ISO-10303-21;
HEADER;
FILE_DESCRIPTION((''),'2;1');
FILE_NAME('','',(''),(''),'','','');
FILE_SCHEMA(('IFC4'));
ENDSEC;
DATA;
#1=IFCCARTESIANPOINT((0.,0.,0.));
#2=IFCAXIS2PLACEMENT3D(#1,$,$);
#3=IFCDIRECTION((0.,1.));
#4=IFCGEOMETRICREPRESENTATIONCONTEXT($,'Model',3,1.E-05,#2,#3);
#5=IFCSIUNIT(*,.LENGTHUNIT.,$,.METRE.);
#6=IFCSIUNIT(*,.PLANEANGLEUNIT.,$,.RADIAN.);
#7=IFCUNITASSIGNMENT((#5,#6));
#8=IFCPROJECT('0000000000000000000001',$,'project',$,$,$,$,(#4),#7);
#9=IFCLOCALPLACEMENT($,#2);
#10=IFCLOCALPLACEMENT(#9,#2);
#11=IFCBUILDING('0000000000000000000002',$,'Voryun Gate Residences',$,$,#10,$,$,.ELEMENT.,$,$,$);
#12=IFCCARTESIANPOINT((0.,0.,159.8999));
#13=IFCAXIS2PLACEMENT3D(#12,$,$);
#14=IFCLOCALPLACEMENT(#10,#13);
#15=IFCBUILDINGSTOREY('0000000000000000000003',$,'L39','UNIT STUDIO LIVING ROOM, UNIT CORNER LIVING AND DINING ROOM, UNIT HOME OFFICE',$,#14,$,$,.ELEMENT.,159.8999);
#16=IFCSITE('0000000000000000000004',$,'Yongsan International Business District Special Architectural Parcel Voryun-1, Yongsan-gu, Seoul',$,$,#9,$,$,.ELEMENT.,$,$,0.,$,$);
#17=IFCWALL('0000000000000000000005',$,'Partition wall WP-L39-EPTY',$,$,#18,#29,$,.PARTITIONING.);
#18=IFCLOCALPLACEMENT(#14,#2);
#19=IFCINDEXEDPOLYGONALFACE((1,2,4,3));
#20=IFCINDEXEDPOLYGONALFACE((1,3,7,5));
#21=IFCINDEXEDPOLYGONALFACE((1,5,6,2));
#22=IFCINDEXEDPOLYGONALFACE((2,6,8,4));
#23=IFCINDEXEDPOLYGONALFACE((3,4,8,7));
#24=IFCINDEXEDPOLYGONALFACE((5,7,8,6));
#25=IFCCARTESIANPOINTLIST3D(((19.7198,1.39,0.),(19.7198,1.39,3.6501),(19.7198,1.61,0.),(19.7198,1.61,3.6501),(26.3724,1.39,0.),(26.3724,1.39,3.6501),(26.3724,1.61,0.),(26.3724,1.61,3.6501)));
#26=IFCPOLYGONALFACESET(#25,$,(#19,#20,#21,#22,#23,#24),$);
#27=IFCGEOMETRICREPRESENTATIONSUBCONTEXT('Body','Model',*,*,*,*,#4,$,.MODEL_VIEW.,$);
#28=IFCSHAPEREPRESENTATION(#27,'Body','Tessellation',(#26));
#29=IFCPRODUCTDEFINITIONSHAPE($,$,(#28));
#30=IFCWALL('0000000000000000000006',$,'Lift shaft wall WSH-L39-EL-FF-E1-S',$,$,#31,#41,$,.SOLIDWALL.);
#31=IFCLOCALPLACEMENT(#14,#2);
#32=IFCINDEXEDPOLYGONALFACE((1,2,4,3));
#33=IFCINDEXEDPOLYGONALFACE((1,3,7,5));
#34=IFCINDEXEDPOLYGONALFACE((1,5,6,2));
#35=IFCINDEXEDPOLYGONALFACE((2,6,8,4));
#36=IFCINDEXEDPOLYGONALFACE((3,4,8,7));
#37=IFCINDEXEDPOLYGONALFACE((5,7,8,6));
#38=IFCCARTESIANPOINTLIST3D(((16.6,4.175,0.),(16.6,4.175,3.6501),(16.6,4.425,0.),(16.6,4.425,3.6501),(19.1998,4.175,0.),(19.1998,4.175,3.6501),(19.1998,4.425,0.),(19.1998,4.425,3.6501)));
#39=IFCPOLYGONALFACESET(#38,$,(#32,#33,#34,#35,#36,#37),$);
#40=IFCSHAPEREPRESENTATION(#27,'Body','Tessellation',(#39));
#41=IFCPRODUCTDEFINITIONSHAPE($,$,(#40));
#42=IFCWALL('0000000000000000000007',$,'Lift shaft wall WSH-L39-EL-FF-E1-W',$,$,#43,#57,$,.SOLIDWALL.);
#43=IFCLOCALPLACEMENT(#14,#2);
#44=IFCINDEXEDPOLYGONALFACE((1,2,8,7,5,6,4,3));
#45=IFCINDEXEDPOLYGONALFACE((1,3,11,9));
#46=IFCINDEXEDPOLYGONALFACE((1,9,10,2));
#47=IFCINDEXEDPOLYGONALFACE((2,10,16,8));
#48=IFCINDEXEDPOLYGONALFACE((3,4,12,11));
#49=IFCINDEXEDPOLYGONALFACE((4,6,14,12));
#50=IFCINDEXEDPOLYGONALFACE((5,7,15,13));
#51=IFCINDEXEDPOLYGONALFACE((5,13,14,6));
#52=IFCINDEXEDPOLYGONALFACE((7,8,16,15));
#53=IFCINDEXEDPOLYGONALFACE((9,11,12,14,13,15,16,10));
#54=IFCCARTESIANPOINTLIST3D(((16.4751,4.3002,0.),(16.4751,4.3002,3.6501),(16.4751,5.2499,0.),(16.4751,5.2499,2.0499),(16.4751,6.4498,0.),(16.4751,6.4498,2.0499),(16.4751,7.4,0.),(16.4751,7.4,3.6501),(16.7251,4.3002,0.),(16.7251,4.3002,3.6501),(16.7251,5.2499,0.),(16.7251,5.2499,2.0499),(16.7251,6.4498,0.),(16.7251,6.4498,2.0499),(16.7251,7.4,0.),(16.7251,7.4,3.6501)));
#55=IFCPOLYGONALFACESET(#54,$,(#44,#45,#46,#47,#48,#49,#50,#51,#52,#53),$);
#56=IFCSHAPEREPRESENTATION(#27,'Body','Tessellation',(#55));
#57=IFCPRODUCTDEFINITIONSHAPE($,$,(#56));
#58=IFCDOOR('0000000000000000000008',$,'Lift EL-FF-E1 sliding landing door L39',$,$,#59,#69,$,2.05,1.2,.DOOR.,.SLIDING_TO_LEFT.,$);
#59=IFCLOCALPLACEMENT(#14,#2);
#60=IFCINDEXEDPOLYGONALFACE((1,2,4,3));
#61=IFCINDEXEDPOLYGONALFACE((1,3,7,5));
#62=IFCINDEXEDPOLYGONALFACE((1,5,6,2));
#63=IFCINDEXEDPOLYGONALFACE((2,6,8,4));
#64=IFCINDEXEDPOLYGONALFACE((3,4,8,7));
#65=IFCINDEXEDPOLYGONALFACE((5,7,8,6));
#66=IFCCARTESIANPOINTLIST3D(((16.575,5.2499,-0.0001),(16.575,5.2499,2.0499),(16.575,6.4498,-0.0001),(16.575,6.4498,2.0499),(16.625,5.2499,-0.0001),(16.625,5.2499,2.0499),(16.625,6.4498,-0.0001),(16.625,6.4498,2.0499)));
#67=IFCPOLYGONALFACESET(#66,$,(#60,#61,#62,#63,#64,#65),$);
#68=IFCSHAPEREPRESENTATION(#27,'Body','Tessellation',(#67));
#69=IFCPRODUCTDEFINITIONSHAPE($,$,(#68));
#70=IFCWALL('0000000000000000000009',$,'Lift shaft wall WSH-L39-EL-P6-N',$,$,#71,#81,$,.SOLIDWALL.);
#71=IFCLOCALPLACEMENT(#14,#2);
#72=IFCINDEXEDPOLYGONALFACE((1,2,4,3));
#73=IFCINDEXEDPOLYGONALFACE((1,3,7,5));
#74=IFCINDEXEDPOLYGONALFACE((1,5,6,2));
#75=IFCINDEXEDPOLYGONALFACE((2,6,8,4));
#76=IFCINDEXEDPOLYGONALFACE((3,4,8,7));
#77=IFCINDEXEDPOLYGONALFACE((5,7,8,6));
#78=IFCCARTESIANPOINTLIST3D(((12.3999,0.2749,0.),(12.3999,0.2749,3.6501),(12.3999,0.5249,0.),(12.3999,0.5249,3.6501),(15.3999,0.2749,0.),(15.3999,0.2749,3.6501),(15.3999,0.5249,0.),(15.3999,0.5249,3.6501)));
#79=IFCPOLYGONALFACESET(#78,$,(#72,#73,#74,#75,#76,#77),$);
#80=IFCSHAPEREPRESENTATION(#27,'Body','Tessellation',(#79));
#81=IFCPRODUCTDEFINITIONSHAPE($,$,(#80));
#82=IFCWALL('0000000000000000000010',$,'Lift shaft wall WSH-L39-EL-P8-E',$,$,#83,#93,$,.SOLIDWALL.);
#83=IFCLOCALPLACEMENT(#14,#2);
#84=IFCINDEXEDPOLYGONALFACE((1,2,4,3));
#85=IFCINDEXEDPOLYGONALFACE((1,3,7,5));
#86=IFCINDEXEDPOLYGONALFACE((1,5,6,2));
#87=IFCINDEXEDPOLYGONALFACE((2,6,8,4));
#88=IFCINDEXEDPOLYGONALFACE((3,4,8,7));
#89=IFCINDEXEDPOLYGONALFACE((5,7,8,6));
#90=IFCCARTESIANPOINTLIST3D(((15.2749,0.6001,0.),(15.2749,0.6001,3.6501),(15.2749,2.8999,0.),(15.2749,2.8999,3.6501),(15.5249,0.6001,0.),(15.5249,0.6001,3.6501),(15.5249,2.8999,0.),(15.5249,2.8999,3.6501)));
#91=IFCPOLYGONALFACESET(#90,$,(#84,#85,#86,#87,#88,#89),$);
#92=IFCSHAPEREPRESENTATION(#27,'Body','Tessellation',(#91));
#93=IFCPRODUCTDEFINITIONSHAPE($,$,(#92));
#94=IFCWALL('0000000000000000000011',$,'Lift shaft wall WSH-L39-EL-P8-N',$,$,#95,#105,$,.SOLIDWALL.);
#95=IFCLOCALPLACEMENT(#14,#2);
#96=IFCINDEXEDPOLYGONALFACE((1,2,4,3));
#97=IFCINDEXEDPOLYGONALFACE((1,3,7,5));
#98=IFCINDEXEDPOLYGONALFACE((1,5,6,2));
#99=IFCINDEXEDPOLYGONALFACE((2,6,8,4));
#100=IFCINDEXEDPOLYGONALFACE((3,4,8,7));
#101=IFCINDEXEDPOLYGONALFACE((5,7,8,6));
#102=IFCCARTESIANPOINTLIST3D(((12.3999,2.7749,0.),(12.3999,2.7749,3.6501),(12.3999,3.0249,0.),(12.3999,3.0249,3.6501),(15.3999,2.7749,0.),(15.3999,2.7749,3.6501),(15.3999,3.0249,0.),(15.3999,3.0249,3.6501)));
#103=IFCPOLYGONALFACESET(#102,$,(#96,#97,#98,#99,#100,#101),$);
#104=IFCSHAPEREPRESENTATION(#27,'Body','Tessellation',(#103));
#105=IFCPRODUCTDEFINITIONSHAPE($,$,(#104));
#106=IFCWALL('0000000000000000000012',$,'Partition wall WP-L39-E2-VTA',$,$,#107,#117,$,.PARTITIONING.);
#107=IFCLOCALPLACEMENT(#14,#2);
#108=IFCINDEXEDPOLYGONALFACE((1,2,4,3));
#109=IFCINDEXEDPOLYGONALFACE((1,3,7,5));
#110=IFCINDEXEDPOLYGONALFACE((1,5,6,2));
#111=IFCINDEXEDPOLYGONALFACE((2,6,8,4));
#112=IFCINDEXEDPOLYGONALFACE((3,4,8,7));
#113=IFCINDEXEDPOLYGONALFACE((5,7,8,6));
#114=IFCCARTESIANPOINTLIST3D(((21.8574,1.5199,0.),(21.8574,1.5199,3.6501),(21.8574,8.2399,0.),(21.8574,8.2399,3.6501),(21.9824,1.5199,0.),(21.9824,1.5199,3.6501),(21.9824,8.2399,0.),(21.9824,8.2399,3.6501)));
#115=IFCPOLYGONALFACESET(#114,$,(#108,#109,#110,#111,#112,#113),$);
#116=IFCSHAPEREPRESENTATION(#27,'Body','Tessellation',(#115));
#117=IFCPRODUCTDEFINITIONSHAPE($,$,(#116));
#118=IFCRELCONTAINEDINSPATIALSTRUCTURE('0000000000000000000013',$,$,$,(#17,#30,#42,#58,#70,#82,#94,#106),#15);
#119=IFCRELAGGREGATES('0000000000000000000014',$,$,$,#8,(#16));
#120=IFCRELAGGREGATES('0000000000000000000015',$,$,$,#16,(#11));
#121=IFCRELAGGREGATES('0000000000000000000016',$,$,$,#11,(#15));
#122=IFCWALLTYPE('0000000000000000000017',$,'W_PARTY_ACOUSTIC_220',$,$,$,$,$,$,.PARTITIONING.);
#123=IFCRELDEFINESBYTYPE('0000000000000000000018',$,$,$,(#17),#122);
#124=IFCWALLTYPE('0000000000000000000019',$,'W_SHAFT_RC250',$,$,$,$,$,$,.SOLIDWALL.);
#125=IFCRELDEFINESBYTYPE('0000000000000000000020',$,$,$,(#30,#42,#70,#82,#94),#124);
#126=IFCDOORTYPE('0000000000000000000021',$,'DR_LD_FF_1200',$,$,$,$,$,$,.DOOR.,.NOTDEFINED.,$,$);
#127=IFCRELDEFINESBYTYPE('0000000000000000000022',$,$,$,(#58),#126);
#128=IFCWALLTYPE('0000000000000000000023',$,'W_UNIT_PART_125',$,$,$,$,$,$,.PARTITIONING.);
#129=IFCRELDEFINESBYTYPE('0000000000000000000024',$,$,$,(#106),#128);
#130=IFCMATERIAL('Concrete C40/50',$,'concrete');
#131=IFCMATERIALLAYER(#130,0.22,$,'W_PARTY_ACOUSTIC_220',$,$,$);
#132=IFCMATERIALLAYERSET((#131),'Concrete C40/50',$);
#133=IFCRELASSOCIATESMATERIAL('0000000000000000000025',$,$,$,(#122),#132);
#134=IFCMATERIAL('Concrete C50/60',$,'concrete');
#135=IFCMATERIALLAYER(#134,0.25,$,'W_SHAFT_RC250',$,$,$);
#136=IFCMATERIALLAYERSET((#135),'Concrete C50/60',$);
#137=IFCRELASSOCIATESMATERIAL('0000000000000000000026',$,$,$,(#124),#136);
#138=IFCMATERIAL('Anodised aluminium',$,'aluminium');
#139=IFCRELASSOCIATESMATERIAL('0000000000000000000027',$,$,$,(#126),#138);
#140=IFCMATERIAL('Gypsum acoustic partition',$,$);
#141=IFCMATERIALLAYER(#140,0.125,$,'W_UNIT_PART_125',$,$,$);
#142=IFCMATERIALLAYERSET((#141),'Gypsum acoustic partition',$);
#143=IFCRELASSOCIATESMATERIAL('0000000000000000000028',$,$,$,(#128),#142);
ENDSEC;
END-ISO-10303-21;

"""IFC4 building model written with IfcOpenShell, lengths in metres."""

from ifc_helpers import new_model, si_unit, direction, frame, frame_2d, origin, place, context, subcontext, project, spatial, rectangle, extrude, material, layer, layer_set, type_object, element, fill, save


model = new_model("IFC4")

# Units and contexts
model_context = context("Model", 3, precision=1e-05, world=origin(), true_north=direction((0.0, 1.0)))
body_context = subcontext(model_context, "Body", "Model", "MODEL_VIEW")
ifc_project = project(units=[si_unit("LENGTHUNIT", "METRE"), si_unit("PLANEANGLEUNIT", "RADIAN")], contexts=[model_context])

# Site, building, storey
site_placement = place(None, origin())
site = spatial("IfcSite", under=ifc_project, at=site_placement, Name="Yongsan International Business District Special Architectural Parcel Voryun-1, Yongsan-gu, Seoul", CompositionType="ELEMENT", RefElevation=0.0)
building_placement = place(site_placement, origin())
building = spatial("IfcBuilding", under=site, at=building_placement, Name="Voryun Gate Residences", CompositionType="ELEMENT")
storey_placement = place(building_placement, frame((0.0, 0.0, 159.8999)))
storey = spatial("IfcBuildingStorey", under=building, at=storey_placement, Name="L39", Description="UNIT STUDIO LIVING ROOM, UNIT CORNER LIVING AND DINING ROOM, UNIT HOME OFFICE", CompositionType="ELEMENT", Elevation=159.8999)

# Walls
ifc_material_1 = material(Name="Concrete C40/50", Category="concrete")
ifc_layer_1 = layer(ifc_material_1, 0.22, Name="W_PARTY_ACOUSTIC_220")
ifc_layer_set_1 = layer_set([ifc_layer_1], Name="Concrete C40/50")
wall_type_1 = type_object("IfcWallType", Name="W_PARTY_ACOUSTIC_220", PredefinedType="PARTITIONING", material=ifc_layer_set_1)
wall_1_placement = place(storey_placement, frame((19.72, 1.5, 0.0), z_axis=(0.0, 0.0, 1.0), x_axis=(1.0, 0.0, 0.0)))
element("IfcWall", 1, at=wall_1_placement, inside=storey, type_object=wall_type_1, Name="Partition wall WP-L39-EPTY", PredefinedType="PARTITIONING", context=body_context, shape_type="SweptSolid", body=[
    extrude(rectangle(XDim=6.6526, YDim=0.22, at=frame_2d((3.3262, 0.0))), origin(), (0.0, 0.0, 1.0), 3.6501),
])
ifc_material_2 = material(Name="Concrete C50/60", Category="concrete")
ifc_layer_2 = layer(ifc_material_2, 0.25, Name="W_SHAFT_RC250")
ifc_layer_set_2 = layer_set([ifc_layer_2], Name="Concrete C50/60")
wall_type_2 = type_object("IfcWallType", Name="W_SHAFT_RC250", PredefinedType="SOLIDWALL", material=ifc_layer_set_2)
wall_2_placement = place(storey_placement, frame((16.6001, 4.3, 0.0), z_axis=(0.0, 0.0, 1.0), x_axis=(1.0, 0.0, 0.0)))
element("IfcWall", 2, at=wall_2_placement, inside=storey, type_object=wall_type_2, Name="Lift shaft wall WSH-L39-EL-FF-E1-S", PredefinedType="SOLIDWALL", context=body_context, shape_type="SweptSolid", body=[
    extrude(rectangle(XDim=2.5999, YDim=0.25, at=frame_2d((1.2998, 0.0))), origin(), (0.0, 0.0, 1.0), 3.6501),
])

# Wall, opening, door
wall_3_placement = place(storey_placement, frame((16.6001, 7.3999, 0.0), z_axis=(0.0, 0.0, 1.0), x_axis=(0.0, -1.0, 0.0)))
wall_3 = element("IfcWall", 3, at=wall_3_placement, inside=storey, type_object=wall_type_2, Name="Lift shaft wall WSH-L39-EL-FF-E1-W", PredefinedType="SOLIDWALL", context=body_context, shape_type="SweptSolid", body=[
    extrude(rectangle(XDim=3.0999, YDim=0.25, at=frame_2d((1.5498, 0.0))), origin(), (0.0, 0.0, 1.0), 3.6501),
])
opening_1_placement = place(wall_3_placement, frame((0.95, 0.0, 0.0)))
opening_1 = element("IfcOpeningElement", 4, at=opening_1_placement, cuts=wall_3, PredefinedType="OPENING", context=body_context, shape_type="SweptSolid", body=[
    extrude(rectangle(XDim=1.2, YDim=2.05, at=frame_2d((0.6001, 1.0249))), frame((0.0, 0.135, 0.0), z_axis=(0.0, -1.0, 0.0), x_axis=(1.0, 0.0, 0.0)), (0.0, 0.0, 1.0), 0.27),
])
ifc_material_3 = material(Name="Anodised aluminium", Category="aluminium")
door_type_1 = type_object("IfcDoorType", Name="DR_LD_FF_1200", OperationType="NOTDEFINED", PredefinedType="DOOR", material=ifc_material_3)
door_1_placement = place(opening_1_placement, origin())
door_1 = element("IfcDoor", 5, at=door_1_placement, inside=storey, type_object=door_type_1, Name="Lift EL-FF-E1 sliding landing door L39", OperationType="SLIDING_TO_LEFT", OverallHeight=2.05, OverallWidth=1.2, PredefinedType="DOOR", context=body_context, shape_type="SweptSolid", body=[
    extrude(rectangle(XDim=1.2, YDim=2.05, at=frame_2d((0.6001, 1.0249))), frame((0.0, 0.0249, 0.0), z_axis=(0.0, -1.0, 0.0), x_axis=(1.0, 0.0, 0.0)), (0.0, 0.0, 1.0), 0.05),
])
fill(opening_1, door_1)

# Walls
wall_4_placement = place(storey_placement, frame((15.3999, 0.3999, 0.0), z_axis=(0.0, 0.0, 1.0), x_axis=(-1.0, 0.0, 0.0)))
element("IfcWall", 6, at=wall_4_placement, inside=storey, type_object=wall_type_2, Name="Lift shaft wall WSH-L39-EL-P6-N", PredefinedType="SOLIDWALL", context=body_context, shape_type="SweptSolid", body=[
    extrude(rectangle(XDim=3.0, YDim=0.25, at=frame_2d((1.5, 0.0))), origin(), (0.0, 0.0, 1.0), 3.6501),
])
wall_5_placement = place(storey_placement, frame((15.3999, 0.6001, 0.0), z_axis=(0.0, 0.0, 1.0), x_axis=(0.0, 1.0, 0.0)))
element("IfcWall", 7, at=wall_5_placement, inside=storey, type_object=wall_type_2, Name="Lift shaft wall WSH-L39-EL-P8-E", PredefinedType="SOLIDWALL", context=body_context, shape_type="SweptSolid", body=[
    extrude(rectangle(XDim=2.2998, YDim=0.25, at=frame_2d((1.1499, 0.0))), origin(), (0.0, 0.0, 1.0), 3.6501),
])
wall_6_placement = place(storey_placement, frame((15.3999, 2.8999, 0.0), z_axis=(0.0, 0.0, 1.0), x_axis=(-1.0, 0.0, 0.0)))
element("IfcWall", 8, at=wall_6_placement, inside=storey, type_object=wall_type_2, Name="Lift shaft wall WSH-L39-EL-P8-N", PredefinedType="SOLIDWALL", context=body_context, shape_type="SweptSolid", body=[
    extrude(rectangle(XDim=3.0, YDim=0.25, at=frame_2d((1.5, 0.0))), origin(), (0.0, 0.0, 1.0), 3.6501),
])
ifc_material_4 = material(Name="Gypsum acoustic partition")
ifc_layer_3 = layer(ifc_material_4, 0.125, Name="W_UNIT_PART_125")
ifc_layer_set_3 = layer_set([ifc_layer_3], Name="Gypsum acoustic partition")
wall_type_3 = type_object("IfcWallType", Name="W_UNIT_PART_125", PredefinedType="PARTITIONING", material=ifc_layer_set_3)
wall_7_placement = place(storey_placement, frame((21.9199, 1.52, 0.0), z_axis=(0.0, 0.0, 1.0), x_axis=(0.0, 1.0, 0.0)))
element("IfcWall", 9, at=wall_7_placement, inside=storey, type_object=wall_type_3, Name="Partition wall WP-L39-E2-VTA", PredefinedType="PARTITIONING", context=body_context, shape_type="SweptSolid", body=[
    extrude(rectangle(XDim=6.72, YDim=0.125, at=frame_2d((3.3599, 0.0))), origin(), (0.0, 0.0, 1.0), 3.6501),
])

save(model, "model.ifc")
